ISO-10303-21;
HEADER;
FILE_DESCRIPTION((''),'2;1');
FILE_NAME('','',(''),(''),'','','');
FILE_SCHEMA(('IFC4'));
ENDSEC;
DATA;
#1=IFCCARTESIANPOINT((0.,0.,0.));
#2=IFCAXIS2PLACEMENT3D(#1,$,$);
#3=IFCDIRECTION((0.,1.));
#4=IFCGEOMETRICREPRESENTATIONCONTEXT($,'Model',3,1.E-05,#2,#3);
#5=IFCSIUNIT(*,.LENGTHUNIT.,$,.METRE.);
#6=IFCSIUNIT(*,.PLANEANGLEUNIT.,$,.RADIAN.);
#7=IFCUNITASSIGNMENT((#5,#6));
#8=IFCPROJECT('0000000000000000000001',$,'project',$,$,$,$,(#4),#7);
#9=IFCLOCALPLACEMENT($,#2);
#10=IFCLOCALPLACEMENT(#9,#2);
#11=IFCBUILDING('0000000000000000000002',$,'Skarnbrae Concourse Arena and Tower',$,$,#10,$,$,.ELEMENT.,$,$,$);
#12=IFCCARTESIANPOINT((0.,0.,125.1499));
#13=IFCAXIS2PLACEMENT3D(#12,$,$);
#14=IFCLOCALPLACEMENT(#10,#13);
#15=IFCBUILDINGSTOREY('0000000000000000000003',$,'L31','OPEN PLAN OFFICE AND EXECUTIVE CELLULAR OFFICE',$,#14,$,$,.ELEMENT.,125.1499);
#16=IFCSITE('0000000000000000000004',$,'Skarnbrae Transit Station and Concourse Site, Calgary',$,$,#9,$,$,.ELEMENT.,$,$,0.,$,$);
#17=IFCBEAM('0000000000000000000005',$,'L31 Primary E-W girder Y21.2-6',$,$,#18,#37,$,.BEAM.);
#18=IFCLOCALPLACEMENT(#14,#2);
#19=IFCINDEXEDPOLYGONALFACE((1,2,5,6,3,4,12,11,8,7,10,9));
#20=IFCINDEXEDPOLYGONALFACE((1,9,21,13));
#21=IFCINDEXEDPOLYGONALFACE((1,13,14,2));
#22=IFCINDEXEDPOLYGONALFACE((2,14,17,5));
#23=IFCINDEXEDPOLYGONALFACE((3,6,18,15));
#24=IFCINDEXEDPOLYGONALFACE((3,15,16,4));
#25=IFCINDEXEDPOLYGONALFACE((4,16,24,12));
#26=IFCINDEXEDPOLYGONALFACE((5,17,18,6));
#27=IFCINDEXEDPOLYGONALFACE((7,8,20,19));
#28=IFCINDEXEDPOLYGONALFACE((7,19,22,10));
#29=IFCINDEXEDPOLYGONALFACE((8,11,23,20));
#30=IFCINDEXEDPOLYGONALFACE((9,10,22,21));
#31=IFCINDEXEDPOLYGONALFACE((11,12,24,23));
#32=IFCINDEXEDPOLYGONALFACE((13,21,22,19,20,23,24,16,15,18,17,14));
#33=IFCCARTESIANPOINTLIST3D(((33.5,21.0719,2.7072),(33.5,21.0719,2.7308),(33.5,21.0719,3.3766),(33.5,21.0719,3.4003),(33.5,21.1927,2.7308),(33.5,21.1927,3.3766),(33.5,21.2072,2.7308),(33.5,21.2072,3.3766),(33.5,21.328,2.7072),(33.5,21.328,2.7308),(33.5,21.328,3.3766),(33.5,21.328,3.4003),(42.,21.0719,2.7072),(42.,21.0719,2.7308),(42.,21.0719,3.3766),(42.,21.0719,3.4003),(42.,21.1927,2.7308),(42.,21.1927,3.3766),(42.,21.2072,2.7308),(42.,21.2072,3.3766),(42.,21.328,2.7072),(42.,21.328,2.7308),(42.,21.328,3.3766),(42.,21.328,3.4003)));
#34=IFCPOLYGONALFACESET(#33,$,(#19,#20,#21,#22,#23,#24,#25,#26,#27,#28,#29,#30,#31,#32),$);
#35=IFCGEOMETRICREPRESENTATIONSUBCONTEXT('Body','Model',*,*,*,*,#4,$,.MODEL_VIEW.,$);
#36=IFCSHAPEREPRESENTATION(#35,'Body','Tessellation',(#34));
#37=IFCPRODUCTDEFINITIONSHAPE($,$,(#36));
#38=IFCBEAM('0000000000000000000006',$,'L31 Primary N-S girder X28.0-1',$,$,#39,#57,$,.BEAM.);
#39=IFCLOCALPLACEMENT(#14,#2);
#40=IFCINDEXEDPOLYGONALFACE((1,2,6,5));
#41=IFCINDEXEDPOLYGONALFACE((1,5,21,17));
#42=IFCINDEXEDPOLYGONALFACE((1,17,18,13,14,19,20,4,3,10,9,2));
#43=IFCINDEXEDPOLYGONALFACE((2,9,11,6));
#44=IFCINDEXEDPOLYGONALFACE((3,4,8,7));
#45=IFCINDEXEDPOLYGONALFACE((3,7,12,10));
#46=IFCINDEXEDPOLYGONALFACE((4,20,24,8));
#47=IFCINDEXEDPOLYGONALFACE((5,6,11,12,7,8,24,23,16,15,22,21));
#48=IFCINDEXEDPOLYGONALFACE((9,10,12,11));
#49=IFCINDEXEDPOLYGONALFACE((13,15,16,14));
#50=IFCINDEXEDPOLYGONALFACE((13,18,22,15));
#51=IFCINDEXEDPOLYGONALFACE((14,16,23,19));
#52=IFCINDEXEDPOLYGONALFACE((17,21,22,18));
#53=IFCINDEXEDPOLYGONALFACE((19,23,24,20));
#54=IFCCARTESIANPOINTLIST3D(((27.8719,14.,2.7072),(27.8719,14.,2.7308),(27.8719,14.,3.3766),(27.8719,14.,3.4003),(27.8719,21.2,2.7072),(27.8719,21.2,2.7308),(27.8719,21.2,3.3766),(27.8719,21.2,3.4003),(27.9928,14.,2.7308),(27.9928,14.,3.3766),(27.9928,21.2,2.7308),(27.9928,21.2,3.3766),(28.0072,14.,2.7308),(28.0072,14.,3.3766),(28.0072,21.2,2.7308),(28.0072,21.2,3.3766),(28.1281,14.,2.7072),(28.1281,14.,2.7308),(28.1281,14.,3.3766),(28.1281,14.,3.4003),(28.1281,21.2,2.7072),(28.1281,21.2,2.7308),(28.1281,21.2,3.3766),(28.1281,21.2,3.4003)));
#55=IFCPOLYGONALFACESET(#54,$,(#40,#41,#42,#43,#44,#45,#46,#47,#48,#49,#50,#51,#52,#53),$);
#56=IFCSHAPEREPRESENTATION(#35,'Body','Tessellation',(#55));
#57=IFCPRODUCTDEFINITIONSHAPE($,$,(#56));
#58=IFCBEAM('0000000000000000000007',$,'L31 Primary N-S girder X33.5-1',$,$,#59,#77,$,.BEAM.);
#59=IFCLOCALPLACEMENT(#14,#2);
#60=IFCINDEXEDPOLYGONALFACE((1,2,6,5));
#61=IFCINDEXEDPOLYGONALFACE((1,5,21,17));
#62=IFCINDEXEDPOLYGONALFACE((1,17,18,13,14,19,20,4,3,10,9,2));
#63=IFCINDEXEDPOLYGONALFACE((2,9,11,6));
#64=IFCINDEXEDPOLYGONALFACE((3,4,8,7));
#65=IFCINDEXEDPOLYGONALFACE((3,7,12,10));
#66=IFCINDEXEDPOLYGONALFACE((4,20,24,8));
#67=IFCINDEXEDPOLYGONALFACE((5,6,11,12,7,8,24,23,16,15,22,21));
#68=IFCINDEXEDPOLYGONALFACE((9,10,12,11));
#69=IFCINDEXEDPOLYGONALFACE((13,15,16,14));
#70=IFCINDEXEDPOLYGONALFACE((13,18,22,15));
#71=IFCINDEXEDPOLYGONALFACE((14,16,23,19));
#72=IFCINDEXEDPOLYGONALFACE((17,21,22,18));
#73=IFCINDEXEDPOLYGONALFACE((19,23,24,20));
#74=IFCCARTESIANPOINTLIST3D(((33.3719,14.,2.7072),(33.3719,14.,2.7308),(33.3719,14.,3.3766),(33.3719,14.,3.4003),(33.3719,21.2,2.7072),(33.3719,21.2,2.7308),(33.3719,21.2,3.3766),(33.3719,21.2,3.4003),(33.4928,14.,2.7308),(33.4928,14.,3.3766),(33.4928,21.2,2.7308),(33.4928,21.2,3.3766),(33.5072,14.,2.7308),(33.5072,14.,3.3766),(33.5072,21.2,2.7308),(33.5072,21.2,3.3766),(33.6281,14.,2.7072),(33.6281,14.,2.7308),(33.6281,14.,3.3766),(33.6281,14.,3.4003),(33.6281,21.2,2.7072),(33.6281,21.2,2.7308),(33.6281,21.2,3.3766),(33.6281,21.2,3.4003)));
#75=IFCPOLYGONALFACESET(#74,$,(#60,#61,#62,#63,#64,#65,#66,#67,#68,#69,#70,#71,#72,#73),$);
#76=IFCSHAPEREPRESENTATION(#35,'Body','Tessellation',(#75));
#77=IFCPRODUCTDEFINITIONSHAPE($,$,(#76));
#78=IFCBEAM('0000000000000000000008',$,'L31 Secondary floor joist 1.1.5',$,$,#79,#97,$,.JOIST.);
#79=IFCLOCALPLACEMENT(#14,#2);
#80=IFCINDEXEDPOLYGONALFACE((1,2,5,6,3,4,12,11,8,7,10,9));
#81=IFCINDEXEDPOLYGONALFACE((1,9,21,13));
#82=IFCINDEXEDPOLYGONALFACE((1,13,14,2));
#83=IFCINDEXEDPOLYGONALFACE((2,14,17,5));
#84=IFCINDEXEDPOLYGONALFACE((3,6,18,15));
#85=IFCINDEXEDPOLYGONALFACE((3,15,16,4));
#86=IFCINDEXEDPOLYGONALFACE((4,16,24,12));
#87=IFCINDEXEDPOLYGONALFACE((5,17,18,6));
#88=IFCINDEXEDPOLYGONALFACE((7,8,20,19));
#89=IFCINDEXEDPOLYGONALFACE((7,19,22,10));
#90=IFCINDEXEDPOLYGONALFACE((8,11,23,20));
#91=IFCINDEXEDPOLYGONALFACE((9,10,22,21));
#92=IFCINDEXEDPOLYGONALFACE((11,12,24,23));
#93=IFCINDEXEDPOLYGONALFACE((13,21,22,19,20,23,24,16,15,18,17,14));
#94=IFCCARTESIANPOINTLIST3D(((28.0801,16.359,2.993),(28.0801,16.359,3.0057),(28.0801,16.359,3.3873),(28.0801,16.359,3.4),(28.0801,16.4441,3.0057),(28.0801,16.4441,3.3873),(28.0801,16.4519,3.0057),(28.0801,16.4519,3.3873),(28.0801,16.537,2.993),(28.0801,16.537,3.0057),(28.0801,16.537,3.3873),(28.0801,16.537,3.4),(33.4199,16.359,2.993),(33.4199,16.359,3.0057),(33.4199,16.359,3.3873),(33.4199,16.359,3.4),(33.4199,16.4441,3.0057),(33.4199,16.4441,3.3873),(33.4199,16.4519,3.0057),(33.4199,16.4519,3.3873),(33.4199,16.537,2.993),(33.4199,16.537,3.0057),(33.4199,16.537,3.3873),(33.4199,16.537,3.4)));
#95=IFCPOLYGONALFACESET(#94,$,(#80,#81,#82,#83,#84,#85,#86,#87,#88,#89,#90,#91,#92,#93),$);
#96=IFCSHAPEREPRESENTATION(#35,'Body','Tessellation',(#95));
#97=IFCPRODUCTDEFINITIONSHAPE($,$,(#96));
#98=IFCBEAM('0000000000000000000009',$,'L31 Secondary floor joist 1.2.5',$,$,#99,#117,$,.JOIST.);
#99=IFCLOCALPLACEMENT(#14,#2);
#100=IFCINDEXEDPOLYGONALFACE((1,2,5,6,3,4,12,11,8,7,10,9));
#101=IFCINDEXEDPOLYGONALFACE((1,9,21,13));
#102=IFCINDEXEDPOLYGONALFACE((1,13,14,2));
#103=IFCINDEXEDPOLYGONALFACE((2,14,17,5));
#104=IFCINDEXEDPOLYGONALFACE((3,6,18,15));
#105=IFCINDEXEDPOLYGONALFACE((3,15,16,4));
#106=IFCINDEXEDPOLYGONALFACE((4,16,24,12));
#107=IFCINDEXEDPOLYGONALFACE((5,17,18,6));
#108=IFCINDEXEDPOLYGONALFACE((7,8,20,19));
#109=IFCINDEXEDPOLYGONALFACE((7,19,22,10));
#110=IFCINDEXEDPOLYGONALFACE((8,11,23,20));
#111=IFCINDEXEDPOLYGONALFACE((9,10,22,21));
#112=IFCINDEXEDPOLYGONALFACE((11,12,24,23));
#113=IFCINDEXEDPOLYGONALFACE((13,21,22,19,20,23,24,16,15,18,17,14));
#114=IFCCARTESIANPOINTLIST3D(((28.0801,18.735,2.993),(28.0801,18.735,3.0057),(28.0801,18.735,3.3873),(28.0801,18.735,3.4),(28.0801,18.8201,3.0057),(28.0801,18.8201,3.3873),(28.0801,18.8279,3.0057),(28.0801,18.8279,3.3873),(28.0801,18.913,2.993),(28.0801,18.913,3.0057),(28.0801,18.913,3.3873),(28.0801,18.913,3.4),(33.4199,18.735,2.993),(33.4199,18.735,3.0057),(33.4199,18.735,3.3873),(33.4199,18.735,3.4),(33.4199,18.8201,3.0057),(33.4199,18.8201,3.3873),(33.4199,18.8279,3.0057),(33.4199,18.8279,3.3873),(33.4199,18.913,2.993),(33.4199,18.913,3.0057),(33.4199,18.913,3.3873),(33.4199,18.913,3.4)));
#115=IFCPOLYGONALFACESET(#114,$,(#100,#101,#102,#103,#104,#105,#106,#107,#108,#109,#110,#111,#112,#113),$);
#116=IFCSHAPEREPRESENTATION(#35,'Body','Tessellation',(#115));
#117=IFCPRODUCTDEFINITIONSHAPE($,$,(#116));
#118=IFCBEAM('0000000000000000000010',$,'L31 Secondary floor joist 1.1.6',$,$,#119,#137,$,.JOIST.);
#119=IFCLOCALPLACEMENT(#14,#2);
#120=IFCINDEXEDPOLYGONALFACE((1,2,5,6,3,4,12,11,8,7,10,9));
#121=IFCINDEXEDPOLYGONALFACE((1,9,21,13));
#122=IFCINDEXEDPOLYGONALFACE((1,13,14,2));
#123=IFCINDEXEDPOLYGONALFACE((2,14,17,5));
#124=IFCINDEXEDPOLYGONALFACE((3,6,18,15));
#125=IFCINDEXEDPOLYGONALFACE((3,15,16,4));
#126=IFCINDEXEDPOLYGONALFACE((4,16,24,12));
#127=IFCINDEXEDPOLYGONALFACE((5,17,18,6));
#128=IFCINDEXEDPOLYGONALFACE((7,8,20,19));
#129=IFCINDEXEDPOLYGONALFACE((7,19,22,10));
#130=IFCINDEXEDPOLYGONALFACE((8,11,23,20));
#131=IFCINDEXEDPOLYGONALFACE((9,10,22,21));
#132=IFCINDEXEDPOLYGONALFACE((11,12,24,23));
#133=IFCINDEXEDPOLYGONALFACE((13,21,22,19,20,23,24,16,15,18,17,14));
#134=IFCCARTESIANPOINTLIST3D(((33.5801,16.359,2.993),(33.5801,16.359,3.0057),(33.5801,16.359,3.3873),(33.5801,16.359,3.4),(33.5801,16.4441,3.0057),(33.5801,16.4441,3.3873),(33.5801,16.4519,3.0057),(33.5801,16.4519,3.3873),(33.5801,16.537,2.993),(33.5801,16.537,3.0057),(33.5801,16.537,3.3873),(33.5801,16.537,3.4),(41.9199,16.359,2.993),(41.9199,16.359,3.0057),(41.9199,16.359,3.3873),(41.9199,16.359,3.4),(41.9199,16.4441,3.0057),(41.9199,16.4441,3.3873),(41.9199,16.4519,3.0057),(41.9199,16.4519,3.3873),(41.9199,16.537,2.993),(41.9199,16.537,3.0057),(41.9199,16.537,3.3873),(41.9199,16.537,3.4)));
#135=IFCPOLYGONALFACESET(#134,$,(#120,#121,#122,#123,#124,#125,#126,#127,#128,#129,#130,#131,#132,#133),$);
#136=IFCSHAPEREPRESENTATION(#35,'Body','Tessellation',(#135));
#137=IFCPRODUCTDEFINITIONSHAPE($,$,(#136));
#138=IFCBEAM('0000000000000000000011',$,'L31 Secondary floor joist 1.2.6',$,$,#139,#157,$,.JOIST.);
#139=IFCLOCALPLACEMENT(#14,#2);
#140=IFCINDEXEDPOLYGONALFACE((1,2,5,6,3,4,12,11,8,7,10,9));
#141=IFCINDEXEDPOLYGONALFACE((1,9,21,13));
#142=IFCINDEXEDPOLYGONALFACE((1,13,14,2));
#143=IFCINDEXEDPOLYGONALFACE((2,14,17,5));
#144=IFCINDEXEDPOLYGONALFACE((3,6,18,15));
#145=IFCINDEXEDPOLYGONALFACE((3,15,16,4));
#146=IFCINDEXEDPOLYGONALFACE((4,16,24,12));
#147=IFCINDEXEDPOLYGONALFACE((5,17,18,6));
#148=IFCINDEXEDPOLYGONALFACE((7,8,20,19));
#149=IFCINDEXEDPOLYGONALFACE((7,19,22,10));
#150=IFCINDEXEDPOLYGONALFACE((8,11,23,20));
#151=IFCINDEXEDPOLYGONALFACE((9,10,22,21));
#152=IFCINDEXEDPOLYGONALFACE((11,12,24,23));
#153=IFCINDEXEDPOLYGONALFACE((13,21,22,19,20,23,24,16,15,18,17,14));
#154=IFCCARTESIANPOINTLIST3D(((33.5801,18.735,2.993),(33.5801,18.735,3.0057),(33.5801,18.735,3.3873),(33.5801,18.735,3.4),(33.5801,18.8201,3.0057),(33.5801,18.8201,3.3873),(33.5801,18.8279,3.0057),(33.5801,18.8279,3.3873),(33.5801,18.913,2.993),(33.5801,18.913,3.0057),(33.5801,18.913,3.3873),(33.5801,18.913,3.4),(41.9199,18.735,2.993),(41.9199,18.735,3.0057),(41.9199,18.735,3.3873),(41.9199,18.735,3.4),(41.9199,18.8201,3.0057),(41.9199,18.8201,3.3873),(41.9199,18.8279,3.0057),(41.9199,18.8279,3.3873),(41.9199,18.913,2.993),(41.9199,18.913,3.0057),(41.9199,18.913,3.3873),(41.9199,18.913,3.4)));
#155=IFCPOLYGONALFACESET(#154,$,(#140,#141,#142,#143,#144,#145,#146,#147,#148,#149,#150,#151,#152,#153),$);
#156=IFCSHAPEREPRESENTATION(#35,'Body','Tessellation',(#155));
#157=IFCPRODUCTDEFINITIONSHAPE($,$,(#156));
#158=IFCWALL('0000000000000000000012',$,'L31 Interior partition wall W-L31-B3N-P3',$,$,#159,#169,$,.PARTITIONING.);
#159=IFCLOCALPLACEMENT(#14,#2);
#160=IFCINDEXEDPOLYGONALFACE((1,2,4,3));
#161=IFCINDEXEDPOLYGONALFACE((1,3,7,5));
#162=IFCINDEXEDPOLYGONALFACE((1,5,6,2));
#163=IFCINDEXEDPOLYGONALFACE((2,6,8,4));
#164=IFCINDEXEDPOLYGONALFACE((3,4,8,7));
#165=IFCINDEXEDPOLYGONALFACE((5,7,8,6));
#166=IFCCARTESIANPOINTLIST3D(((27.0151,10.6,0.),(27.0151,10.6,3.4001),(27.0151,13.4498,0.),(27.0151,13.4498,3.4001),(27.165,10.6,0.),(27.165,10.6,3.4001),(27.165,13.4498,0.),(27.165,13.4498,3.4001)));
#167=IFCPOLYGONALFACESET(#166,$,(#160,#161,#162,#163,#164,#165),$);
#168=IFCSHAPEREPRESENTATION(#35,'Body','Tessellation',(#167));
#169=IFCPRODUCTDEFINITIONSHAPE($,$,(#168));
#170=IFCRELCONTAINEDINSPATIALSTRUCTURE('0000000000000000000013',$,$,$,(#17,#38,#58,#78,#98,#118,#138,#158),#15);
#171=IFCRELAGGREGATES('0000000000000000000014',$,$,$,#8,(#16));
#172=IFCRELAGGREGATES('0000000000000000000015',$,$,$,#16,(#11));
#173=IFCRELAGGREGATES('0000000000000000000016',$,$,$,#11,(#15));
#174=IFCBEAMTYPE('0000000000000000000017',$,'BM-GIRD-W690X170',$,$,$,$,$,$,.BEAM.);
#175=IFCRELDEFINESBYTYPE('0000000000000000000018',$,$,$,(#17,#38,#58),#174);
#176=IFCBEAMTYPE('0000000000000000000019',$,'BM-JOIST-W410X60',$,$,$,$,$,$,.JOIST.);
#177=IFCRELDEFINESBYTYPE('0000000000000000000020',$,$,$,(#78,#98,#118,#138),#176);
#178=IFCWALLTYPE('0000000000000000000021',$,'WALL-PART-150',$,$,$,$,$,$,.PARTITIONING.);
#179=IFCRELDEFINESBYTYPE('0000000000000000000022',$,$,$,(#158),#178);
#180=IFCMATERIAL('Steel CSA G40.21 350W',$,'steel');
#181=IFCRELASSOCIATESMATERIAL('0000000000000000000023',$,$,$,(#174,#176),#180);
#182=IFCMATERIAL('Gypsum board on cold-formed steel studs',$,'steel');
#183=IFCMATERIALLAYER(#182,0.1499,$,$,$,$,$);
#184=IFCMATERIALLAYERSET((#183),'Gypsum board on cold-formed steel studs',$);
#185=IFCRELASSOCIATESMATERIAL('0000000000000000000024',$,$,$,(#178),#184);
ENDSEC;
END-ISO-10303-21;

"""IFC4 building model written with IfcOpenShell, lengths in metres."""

from ifc_helpers import new_model, si_unit, direction, frame, frame_2d, origin, origin_2d, place, context, subcontext, project, spatial, rectangle, i_section, extrude, source, transform, mapped, material, layer, layer_set, material_profile, profile_set, type_object, element, save


model = new_model("IFC4")

# Units and contexts
model_context = context("Model", 3, precision=1e-05, world=origin(), true_north=direction((0.0, 1.0)))
body_context = subcontext(model_context, "Body", "Model", "MODEL_VIEW")
ifc_project = project(units=[si_unit("LENGTHUNIT", "METRE"), si_unit("PLANEANGLEUNIT", "RADIAN")], contexts=[model_context])

# Site, building, storey
site_placement = place(None, origin())
site = spatial("IfcSite", under=ifc_project, at=site_placement, Name="Skarnbrae Transit Station and Concourse Site, Calgary", CompositionType="ELEMENT", RefElevation=0.0)
building_placement = place(site_placement, origin())
building = spatial("IfcBuilding", under=site, at=building_placement, Name="Skarnbrae Concourse Arena and Tower", CompositionType="ELEMENT")
storey_placement = place(building_placement, frame((0.0, 0.0, 125.1499)))
storey = spatial("IfcBuildingStorey", under=building, at=storey_placement, Name="L31", Description="OPEN PLAN OFFICE AND EXECUTIVE CELLULAR OFFICE", CompositionType="ELEMENT", Elevation=125.1499)

# Shared definitions
ifc_material_1 = material(Name="Steel CSA G40.21 350W", Category="steel")

# Beams
ifc_material_profile_1 = material_profile(ifc_material_1, i_section(OverallWidth=0.2561, OverallDepth=0.6931, WebThickness=0.0144, FlangeThickness=0.0237, at=origin_2d()), Name="W690X170")
ifc_profile_set_1 = profile_set([ifc_material_profile_1], Name="Steel CSA G40.21 350W")
beam_type_1 = type_object("IfcBeamType", Name="BM-GIRD-W690X170", PredefinedType="BEAM", material=ifc_profile_set_1)
shared_shape_1 = source(origin(), body_context, "Body", "SweptSolid", [
    extrude(i_section(OverallWidth=0.2561, OverallDepth=0.6931, WebThickness=0.0144, FlangeThickness=0.0237, at=origin_2d()), origin(), (0.0, 0.0, 1.0), 8.5),
])
for number, where, z_axis, x_axis, name in (
    (1, (33.5, 21.2, 3.0537), (1.0, 0.0, 0.0), (0.0, 1.0, 0.0), "L31 Primary E-W girder Y21.2-6"),
):
    element("IfcBeam", number, at=place(storey_placement, frame(where, z_axis=z_axis, x_axis=x_axis)), inside=storey, type_object=beam_type_1, Name=name, PredefinedType="BEAM", context=body_context, shape_type="MappedRepresentation", body=[
        mapped(shared_shape_1, transform((0.0, 0.0, 0.0))),
    ])
shared_shape_2 = source(origin(), body_context, "Body", "SweptSolid", [
    extrude(i_section(OverallWidth=0.2561, OverallDepth=0.6931, WebThickness=0.0144, FlangeThickness=0.0237, at=origin_2d()), origin(), (0.0, 0.0, 1.0), 7.2),
])
for number, where, z_axis, x_axis, name in (
    (2, (28.0, 14.0, 3.0537), (0.0, 1.0, 0.0), (-1.0, 0.0, 0.0), "L31 Primary N-S girder X28.0-1"),
    (3, (33.5, 14.0, 3.0537), (0.0, 1.0, 0.0), (-1.0, 0.0, 0.0), "L31 Primary N-S girder X33.5-1"),
):
    element("IfcBeam", number, at=place(storey_placement, frame(where, z_axis=z_axis, x_axis=x_axis)), inside=storey, type_object=beam_type_1, Name=name, PredefinedType="BEAM", context=body_context, shape_type="MappedRepresentation", body=[
        mapped(shared_shape_2, transform((0.0, 0.0, 0.0))),
    ])
ifc_material_profile_2 = material_profile(ifc_material_1, i_section(OverallWidth=0.178, OverallDepth=0.407, WebThickness=0.0078, FlangeThickness=0.0127, at=origin_2d()), Name="W410X60")
ifc_profile_set_2 = profile_set([ifc_material_profile_2], Name="Steel CSA G40.21 350W")
beam_type_2 = type_object("IfcBeamType", Name="BM-JOIST-W410X60", PredefinedType="JOIST", material=ifc_profile_set_2)
shared_shape_3 = source(origin(), body_context, "Body", "SweptSolid", [
    extrude(i_section(OverallWidth=0.178, OverallDepth=0.407, WebThickness=0.0078, FlangeThickness=0.0127, at=origin_2d()), origin(), (0.0, 0.0, 1.0), 5.3398),
])
for number, where, z_axis, x_axis, name in (
    (4, (28.0801, 16.448, 3.1965), (1.0, 0.0, 0.0), (0.0, 1.0, 0.0), "L31 Secondary floor joist 1.1.5"),
    (5, (28.0801, 18.824, 3.1965), (1.0, 0.0, 0.0), (0.0, 1.0, 0.0), "L31 Secondary floor joist 1.2.5"),
):
    element("IfcBeam", number, at=place(storey_placement, frame(where, z_axis=z_axis, x_axis=x_axis)), inside=storey, type_object=beam_type_2, Name=name, PredefinedType="JOIST", context=body_context, shape_type="MappedRepresentation", body=[
        mapped(shared_shape_3, transform((0.0, 0.0, 0.0))),
    ])
shared_shape_4 = source(origin(), body_context, "Body", "SweptSolid", [
    extrude(i_section(OverallWidth=0.178, OverallDepth=0.407, WebThickness=0.0078, FlangeThickness=0.0127, at=origin_2d()), origin(), (0.0, 0.0, 1.0), 8.3398),
])
for number, where, z_axis, x_axis, name in (
    (6, (33.5801, 16.448, 3.1965), (1.0, 0.0, 0.0), (0.0, 1.0, 0.0), "L31 Secondary floor joist 1.1.6"),
    (7, (33.5801, 18.824, 3.1965), (1.0, 0.0, 0.0), (0.0, 1.0, 0.0), "L31 Secondary floor joist 1.2.6"),
):
    element("IfcBeam", number, at=place(storey_placement, frame(where, z_axis=z_axis, x_axis=x_axis)), inside=storey, type_object=beam_type_2, Name=name, PredefinedType="JOIST", context=body_context, shape_type="MappedRepresentation", body=[
        mapped(shared_shape_4, transform((0.0, 0.0, 0.0))),
    ])

# Wall
ifc_material_2 = material(Name="Gypsum board on cold-formed steel studs", Category="steel")
ifc_layer_1 = layer(ifc_material_2, 0.1499)
ifc_layer_set_1 = layer_set([ifc_layer_1], Name="Gypsum board on cold-formed steel studs")
wall_type_1 = type_object("IfcWallType", Name="WALL-PART-150", PredefinedType="PARTITIONING", material=ifc_layer_set_1)
shared_shape_5 = source(origin(), body_context, "Body", "SweptSolid", [
    extrude(rectangle(XDim=2.8499, YDim=0.1499, at=frame_2d((1.4248, 0.0))), origin(), (0.0, 0.0, 1.0), 3.4001),
])
wall_1_placement = place(storey_placement, frame((27.0901, 10.6001, 0.0), z_axis=(0.0, 0.0, 1.0), x_axis=(0.0, 1.0, 0.0)))
element("IfcWall", 8, at=wall_1_placement, inside=storey, type_object=wall_type_1, Name="L31 Interior partition wall W-L31-B3N-P3", PredefinedType="PARTITIONING", context=body_context, shape_type="MappedRepresentation", body=[
    mapped(shared_shape_5, transform((0.0, 0.0, 0.0))),
])

save(model, "model.ifc")
